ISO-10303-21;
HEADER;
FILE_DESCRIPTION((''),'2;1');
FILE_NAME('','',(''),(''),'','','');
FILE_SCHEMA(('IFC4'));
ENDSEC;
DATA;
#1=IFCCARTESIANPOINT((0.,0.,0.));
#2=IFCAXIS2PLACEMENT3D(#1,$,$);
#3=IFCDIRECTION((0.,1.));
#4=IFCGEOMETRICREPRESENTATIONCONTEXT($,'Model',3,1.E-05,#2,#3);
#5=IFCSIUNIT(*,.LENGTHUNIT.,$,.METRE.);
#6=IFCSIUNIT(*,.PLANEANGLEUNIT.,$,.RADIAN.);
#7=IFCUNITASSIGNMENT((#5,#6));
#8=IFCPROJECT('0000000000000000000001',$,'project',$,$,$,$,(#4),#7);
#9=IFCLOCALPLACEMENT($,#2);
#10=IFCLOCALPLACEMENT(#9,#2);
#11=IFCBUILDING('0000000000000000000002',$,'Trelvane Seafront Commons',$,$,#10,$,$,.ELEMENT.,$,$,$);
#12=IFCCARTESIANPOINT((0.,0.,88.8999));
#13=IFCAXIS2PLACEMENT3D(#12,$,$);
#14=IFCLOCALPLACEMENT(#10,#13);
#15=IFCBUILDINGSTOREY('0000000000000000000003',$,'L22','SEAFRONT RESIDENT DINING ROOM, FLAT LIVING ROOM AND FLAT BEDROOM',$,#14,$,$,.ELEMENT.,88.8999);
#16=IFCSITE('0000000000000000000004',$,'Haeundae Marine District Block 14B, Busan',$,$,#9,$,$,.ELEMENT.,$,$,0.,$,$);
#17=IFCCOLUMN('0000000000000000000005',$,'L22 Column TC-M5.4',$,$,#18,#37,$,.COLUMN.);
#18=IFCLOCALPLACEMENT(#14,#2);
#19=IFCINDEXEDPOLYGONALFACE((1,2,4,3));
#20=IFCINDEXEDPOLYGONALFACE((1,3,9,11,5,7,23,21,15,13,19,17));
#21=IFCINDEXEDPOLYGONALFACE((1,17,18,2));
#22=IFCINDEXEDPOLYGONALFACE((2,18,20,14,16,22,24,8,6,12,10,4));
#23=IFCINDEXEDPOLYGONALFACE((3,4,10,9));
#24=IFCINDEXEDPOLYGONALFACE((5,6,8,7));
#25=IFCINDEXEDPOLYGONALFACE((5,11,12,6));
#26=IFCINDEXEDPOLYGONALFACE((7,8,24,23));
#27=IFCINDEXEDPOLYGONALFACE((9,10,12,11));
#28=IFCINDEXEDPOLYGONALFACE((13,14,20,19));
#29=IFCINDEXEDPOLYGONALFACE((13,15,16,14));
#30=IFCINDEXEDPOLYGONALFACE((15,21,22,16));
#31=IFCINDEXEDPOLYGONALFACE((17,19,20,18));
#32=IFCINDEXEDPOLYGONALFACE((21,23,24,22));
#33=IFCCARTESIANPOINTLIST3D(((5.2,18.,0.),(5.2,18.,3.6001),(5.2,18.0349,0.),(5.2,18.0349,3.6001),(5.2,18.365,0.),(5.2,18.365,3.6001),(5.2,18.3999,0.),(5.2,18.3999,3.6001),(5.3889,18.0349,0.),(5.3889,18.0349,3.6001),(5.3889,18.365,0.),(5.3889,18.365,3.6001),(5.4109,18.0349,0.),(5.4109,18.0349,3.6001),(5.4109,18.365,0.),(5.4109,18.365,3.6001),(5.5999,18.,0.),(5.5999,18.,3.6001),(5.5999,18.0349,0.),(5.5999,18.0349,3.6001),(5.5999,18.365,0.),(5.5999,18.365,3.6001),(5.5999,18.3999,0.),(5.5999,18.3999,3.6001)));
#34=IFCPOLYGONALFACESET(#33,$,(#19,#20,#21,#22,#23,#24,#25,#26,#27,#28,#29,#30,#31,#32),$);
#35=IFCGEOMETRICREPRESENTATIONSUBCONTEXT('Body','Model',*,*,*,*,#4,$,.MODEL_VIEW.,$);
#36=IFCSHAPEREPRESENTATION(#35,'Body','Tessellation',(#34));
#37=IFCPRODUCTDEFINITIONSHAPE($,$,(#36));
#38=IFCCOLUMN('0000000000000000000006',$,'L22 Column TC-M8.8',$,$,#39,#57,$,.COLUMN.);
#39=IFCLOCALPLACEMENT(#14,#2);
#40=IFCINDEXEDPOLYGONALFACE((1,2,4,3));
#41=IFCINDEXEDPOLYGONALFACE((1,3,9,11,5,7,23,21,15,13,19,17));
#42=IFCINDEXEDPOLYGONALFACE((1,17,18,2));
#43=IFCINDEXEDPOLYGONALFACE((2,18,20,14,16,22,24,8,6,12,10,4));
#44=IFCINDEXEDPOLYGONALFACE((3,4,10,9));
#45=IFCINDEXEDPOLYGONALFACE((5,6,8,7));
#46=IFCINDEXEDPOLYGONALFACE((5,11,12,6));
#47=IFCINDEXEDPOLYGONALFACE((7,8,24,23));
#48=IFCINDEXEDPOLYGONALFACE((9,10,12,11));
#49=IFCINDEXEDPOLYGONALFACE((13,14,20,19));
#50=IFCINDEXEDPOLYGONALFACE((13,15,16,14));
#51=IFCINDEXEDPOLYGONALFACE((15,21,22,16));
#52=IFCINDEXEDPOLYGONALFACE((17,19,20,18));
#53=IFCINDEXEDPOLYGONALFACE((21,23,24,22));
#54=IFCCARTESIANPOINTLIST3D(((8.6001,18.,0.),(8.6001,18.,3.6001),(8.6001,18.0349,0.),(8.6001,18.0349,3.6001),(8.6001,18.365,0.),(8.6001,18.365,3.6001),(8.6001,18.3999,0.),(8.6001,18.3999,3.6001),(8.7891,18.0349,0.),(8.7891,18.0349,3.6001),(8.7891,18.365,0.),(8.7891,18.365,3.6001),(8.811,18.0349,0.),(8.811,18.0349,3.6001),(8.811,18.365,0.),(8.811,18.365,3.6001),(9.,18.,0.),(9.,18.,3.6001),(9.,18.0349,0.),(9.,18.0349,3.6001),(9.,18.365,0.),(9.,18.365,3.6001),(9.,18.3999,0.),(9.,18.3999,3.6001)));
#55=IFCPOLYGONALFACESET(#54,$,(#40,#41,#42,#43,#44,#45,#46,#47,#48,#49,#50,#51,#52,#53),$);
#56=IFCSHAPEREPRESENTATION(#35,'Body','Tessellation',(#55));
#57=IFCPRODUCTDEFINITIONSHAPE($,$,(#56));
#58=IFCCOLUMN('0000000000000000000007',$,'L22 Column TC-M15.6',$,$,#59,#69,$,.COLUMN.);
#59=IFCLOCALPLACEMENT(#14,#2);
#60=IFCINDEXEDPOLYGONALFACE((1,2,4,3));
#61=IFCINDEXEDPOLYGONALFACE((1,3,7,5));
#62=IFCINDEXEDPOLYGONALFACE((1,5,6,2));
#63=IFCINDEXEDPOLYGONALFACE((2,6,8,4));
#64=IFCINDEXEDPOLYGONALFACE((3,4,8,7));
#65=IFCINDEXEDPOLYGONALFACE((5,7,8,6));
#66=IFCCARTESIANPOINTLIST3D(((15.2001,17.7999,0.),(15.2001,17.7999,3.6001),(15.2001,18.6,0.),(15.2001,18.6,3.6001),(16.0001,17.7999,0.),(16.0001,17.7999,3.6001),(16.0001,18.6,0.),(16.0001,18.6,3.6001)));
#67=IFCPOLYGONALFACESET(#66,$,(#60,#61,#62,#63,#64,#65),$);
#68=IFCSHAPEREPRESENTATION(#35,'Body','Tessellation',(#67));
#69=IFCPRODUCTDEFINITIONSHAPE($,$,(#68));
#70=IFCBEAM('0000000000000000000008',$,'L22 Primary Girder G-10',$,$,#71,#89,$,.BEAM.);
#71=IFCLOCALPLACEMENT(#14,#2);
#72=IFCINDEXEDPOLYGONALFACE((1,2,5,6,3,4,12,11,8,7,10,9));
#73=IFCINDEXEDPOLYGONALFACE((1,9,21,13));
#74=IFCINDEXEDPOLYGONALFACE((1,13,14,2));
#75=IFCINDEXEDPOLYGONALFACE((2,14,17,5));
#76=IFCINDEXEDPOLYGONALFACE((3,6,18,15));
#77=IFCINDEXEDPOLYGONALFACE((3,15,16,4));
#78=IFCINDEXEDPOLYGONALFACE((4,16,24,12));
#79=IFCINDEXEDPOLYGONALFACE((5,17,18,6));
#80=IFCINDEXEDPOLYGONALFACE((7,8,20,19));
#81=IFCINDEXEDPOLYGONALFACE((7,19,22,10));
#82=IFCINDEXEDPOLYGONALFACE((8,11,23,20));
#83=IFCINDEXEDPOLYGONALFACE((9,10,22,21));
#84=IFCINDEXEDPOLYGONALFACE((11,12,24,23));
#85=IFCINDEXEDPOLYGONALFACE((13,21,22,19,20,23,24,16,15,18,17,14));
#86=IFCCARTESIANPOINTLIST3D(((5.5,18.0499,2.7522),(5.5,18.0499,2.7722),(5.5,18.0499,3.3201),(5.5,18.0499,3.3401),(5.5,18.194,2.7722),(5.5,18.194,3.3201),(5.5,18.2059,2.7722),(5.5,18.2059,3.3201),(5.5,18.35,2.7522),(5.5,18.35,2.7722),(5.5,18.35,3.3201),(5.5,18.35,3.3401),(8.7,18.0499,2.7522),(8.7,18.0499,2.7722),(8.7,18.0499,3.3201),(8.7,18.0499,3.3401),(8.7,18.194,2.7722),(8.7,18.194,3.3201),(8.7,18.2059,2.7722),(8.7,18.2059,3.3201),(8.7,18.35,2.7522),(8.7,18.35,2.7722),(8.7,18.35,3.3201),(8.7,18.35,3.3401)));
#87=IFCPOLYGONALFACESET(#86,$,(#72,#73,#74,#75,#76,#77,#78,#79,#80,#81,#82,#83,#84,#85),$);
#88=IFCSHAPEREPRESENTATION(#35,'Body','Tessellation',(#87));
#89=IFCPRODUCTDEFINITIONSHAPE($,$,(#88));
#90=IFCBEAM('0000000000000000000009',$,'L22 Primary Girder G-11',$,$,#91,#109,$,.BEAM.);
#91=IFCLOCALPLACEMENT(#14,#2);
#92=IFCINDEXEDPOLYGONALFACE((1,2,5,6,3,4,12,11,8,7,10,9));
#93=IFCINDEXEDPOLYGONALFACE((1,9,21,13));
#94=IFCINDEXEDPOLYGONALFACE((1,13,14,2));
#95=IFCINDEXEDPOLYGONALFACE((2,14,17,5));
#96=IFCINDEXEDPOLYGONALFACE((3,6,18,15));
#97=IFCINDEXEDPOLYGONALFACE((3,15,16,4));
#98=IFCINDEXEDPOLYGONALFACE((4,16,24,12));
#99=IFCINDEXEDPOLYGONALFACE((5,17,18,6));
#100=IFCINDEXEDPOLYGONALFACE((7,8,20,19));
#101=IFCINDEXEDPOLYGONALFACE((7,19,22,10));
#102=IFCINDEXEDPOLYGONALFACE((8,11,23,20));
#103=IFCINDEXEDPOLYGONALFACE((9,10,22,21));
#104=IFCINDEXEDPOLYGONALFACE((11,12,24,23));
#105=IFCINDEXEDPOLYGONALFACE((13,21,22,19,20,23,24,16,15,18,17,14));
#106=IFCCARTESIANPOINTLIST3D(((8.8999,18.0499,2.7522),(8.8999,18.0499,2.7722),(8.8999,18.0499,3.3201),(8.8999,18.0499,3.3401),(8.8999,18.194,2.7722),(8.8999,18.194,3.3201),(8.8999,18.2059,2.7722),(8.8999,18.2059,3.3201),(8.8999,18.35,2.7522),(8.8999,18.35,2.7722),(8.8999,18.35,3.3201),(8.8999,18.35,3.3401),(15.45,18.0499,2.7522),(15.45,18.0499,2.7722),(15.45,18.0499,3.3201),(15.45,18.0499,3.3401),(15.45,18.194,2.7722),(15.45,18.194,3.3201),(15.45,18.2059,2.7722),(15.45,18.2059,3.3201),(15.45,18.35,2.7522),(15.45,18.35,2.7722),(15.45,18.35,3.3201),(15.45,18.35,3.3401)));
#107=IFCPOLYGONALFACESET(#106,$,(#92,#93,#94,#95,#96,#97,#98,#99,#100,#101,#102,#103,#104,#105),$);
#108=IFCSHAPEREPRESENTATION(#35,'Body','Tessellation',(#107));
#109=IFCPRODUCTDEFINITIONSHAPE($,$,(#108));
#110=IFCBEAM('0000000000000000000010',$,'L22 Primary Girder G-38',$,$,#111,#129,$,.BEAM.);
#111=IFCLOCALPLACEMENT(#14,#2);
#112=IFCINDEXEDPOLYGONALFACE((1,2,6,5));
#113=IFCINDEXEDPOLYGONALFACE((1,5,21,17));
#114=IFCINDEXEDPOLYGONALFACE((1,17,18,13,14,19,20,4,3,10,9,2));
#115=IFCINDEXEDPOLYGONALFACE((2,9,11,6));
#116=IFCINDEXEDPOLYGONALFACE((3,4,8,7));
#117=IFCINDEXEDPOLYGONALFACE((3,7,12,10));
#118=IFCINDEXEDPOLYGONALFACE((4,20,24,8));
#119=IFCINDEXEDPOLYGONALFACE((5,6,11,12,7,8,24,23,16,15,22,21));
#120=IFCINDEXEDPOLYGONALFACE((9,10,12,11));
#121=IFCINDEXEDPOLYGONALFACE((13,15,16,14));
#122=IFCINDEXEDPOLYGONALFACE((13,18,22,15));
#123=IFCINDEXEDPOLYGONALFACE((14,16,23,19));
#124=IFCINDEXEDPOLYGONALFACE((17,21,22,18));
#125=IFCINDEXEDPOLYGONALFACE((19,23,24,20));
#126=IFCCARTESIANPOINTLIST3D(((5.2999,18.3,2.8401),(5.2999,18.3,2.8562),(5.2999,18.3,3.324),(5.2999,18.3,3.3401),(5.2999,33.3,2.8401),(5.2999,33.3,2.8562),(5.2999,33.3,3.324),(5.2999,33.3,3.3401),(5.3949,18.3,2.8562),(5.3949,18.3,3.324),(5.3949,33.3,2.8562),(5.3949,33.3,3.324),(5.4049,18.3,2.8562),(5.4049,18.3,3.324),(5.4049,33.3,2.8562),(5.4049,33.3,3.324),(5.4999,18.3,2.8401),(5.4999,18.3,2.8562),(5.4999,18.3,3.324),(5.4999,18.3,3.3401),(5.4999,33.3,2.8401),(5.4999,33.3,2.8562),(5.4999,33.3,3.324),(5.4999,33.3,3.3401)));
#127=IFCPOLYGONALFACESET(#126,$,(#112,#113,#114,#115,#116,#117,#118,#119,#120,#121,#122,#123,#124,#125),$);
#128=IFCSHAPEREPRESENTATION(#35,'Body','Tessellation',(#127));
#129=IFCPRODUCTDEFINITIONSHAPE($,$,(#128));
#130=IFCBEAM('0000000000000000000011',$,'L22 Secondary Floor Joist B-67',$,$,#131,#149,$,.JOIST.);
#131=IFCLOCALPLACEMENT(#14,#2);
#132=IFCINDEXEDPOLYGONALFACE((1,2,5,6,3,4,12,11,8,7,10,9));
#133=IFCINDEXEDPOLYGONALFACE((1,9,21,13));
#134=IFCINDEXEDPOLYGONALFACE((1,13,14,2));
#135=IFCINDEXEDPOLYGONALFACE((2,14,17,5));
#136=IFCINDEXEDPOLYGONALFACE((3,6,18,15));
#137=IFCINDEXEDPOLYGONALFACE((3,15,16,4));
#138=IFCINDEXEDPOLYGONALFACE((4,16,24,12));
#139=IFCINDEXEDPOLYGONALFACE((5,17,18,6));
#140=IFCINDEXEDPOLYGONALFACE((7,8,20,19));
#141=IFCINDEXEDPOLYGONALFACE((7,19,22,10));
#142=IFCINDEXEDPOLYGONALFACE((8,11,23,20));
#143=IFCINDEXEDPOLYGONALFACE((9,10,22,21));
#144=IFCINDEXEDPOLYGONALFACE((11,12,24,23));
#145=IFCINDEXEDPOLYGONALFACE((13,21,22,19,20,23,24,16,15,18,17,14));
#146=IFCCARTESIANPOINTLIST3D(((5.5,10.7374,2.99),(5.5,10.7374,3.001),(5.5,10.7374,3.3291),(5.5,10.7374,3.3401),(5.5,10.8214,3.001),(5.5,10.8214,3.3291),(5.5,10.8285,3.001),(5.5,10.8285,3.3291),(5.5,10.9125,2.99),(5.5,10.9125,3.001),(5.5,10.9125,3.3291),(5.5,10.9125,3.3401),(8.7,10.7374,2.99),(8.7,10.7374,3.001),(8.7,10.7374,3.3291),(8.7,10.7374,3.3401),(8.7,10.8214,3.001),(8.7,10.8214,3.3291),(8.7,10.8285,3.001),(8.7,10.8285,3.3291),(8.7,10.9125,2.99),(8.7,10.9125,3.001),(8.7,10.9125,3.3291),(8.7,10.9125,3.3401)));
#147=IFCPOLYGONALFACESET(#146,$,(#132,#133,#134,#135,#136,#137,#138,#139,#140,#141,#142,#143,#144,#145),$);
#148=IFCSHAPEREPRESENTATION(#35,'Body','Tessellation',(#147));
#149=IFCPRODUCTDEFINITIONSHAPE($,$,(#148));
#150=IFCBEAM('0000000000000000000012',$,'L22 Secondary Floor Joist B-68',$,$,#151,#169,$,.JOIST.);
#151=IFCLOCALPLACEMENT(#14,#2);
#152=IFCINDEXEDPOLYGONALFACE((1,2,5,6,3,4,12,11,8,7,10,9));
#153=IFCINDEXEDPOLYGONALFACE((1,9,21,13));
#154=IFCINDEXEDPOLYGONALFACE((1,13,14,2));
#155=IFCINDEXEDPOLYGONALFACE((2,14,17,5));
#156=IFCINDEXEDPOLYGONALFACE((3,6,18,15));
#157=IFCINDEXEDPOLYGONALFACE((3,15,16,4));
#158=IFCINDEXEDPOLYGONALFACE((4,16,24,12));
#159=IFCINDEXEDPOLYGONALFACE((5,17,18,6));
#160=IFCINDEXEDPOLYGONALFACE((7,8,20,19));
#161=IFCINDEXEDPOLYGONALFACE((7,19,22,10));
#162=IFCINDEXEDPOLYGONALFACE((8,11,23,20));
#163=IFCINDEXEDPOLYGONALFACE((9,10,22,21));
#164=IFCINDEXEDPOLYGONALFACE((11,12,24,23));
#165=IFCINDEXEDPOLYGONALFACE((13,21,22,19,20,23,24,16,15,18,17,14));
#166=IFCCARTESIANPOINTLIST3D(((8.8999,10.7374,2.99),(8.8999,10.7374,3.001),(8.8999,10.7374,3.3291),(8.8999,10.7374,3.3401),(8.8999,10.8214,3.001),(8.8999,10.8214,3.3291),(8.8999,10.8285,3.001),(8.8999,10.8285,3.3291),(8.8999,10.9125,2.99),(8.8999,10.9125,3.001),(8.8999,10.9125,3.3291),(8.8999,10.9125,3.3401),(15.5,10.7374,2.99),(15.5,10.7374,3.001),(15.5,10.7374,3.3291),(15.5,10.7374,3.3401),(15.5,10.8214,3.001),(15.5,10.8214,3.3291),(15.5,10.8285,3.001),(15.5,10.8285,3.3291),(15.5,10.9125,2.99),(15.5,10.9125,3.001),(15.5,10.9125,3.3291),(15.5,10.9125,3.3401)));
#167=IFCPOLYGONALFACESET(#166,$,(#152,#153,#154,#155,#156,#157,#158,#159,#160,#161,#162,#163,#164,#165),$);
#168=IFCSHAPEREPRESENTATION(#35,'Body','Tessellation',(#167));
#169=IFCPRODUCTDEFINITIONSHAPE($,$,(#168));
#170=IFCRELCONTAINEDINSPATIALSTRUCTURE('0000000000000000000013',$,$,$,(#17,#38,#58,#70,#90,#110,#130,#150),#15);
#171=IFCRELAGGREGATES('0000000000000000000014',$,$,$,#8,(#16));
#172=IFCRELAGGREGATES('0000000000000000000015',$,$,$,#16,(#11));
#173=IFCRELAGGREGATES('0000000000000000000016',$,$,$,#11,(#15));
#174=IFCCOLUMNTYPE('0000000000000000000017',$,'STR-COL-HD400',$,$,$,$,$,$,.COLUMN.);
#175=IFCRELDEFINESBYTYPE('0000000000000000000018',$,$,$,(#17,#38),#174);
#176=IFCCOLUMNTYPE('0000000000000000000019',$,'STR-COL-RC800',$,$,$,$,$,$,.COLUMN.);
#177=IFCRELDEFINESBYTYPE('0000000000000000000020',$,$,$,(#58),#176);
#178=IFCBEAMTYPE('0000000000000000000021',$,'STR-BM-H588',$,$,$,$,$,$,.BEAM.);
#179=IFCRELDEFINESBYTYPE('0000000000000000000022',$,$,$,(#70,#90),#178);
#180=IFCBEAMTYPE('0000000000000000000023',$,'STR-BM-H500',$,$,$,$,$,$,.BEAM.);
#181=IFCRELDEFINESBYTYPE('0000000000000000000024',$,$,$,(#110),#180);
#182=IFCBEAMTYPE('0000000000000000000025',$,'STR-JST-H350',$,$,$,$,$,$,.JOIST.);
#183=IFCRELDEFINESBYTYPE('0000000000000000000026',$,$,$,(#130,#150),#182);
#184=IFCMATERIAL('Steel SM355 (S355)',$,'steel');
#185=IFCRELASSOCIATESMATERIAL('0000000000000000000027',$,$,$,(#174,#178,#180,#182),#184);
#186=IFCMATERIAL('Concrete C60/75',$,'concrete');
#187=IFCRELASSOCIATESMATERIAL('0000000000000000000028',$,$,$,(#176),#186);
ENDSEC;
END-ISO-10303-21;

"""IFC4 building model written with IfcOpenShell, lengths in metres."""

from ifc_helpers import new_model, si_unit, direction, frame, origin, origin_2d, place, context, subcontext, project, spatial, rectangle, i_section, extrude, source, transform, mapped, material, material_profile, profile_set, type_object, element, save


model = new_model("IFC4")

# Units and contexts
model_context = context("Model", 3, precision=1e-05, world=origin(), true_north=direction((0.0, 1.0)))
body_context = subcontext(model_context, "Body", "Model", "MODEL_VIEW")
ifc_project = project(units=[si_unit("LENGTHUNIT", "METRE"), si_unit("PLANEANGLEUNIT", "RADIAN")], contexts=[model_context])

# Site, building, storey
site_placement = place(None, origin())
site = spatial("IfcSite", under=ifc_project, at=site_placement, Name="Haeundae Marine District Block 14B, Busan", CompositionType="ELEMENT", RefElevation=0.0)
building_placement = place(site_placement, origin())
building = spatial("IfcBuilding", under=site, at=building_placement, Name="Trelvane Seafront Commons", CompositionType="ELEMENT")
storey_placement = place(building_placement, frame((0.0, 0.0, 88.8999)))
storey = spatial("IfcBuildingStorey", under=building, at=storey_placement, Name="L22", Description="SEAFRONT RESIDENT DINING ROOM, FLAT LIVING ROOM AND FLAT BEDROOM", CompositionType="ELEMENT", Elevation=88.8999)

# Columns
ifc_material_1 = material(Name="Steel SM355 (S355)", Category="steel")
ifc_material_profile_1 = material_profile(ifc_material_1, i_section(OverallWidth=0.3999, OverallDepth=0.3999, WebThickness=0.022, FlangeThickness=0.0349, at=origin_2d()), Name="HD-400x400x22x35")
ifc_profile_set_1 = profile_set([ifc_material_profile_1], Name="Steel SM355 (S355)")
column_type_1 = type_object("IfcColumnType", Name="STR-COL-HD400", PredefinedType="COLUMN", material=ifc_profile_set_1)
shared_shape_1 = source(origin(), body_context, "Body", "SweptSolid", [
    extrude(i_section(OverallWidth=0.3999, OverallDepth=0.3999, WebThickness=0.022, FlangeThickness=0.0349, at=origin_2d()), origin(), (0.0, 0.0, 1.0), 3.6001),
])
for number, where, z_axis, x_axis, name in (
    (1, (5.3999, 18.2, 0.0), (0.0, 0.0, 1.0), (1.0, 0.0, 0.0), "L22 Column TC-M5.4"),
    (2, (8.8, 18.2, 0.0), (0.0, 0.0, 1.0), (1.0, 0.0, 0.0), "L22 Column TC-M8.8"),
):
    element("IfcColumn", number, at=place(storey_placement, frame(where, z_axis=z_axis, x_axis=x_axis)), inside=storey, type_object=column_type_1, Name=name, PredefinedType="COLUMN", context=body_context, shape_type="MappedRepresentation", body=[
        mapped(shared_shape_1, transform((0.0, 0.0, 0.0), x_axis=(1.0, 0.0, 0.0), y_axis=(0.0, 1.0, 0.0), z_axis=(0.0, 0.0, 1.0), scale=1.0)),
    ])
ifc_material_2 = material(Name="Concrete C60/75", Category="concrete")
ifc_material_profile_2 = material_profile(ifc_material_2, rectangle(XDim=0.8, YDim=0.8, at=origin_2d()), Name="RC-800x800")
ifc_profile_set_2 = profile_set([ifc_material_profile_2], Name="Concrete C60/75")
column_type_2 = type_object("IfcColumnType", Name="STR-COL-RC800", PredefinedType="COLUMN", material=ifc_profile_set_2)
shared_shape_2 = source(origin(), body_context, "Body", "SweptSolid", [
    extrude(rectangle(XDim=0.8, YDim=0.8, at=origin_2d()), origin(), (0.0, 0.0, 1.0), 3.6001),
])
column_placement = place(storey_placement, frame((15.6001, 18.2, 0.0), z_axis=(0.0, 0.0, 1.0), x_axis=(1.0, 0.0, 0.0)))
element("IfcColumn", 3, at=column_placement, inside=storey, type_object=column_type_2, Name="L22 Column TC-M15.6", PredefinedType="COLUMN", context=body_context, shape_type="MappedRepresentation", body=[
    mapped(shared_shape_2, transform((0.0, 0.0, 0.0), x_axis=(1.0, 0.0, 0.0), y_axis=(0.0, 1.0, 0.0), z_axis=(0.0, 0.0, 1.0), scale=1.0)),
])

# Beams
ifc_material_profile_3 = material_profile(ifc_material_1, i_section(OverallWidth=0.3, OverallDepth=0.5879, WebThickness=0.012, FlangeThickness=0.02, at=origin_2d()), Name="H-588x300x12x20")
ifc_profile_set_3 = profile_set([ifc_material_profile_3], Name="Steel SM355 (S355)")
beam_type_1 = type_object("IfcBeamType", Name="STR-BM-H588", PredefinedType="BEAM", material=ifc_profile_set_3)
shared_shape_3 = source(origin(), body_context, "Body", "SweptSolid", [
    extrude(i_section(OverallWidth=0.3, OverallDepth=0.5879, WebThickness=0.012, FlangeThickness=0.02, at=origin_2d()), origin(), (0.0, 0.0, 1.0), 3.2),
])
beam_1_placement = place(storey_placement, frame((5.5, 18.2, 3.0461), z_axis=(1.0, 0.0, 0.0), x_axis=(0.0, 1.0, 0.0)))
element("IfcBeam", 4, at=beam_1_placement, inside=storey, type_object=beam_type_1, Name="L22 Primary Girder G-10", PredefinedType="BEAM", context=body_context, shape_type="MappedRepresentation", body=[
    mapped(shared_shape_3, transform((0.0, 0.0, 0.0), x_axis=(1.0, 0.0, 0.0), y_axis=(0.0, 1.0, 0.0), z_axis=(0.0, 0.0, 1.0), scale=1.0)),
])
shared_shape_4 = source(origin(), body_context, "Body", "SweptSolid", [
    extrude(i_section(OverallWidth=0.3, OverallDepth=0.5879, WebThickness=0.012, FlangeThickness=0.02, at=origin_2d()), origin(), (0.0, 0.0, 1.0), 6.55),
])
beam_2_placement = place(storey_placement, frame((8.8999, 18.2, 3.0461), z_axis=(1.0, 0.0, 0.0), x_axis=(0.0, 1.0, 0.0)))
element("IfcBeam", 5, at=beam_2_placement, inside=storey, type_object=beam_type_1, Name="L22 Primary Girder G-11", PredefinedType="BEAM", context=body_context, shape_type="MappedRepresentation", body=[
    mapped(shared_shape_4, transform((0.0, 0.0, 0.0), x_axis=(1.0, 0.0, 0.0), y_axis=(0.0, 1.0, 0.0), z_axis=(0.0, 0.0, 1.0), scale=1.0)),
])
ifc_material_profile_4 = material_profile(ifc_material_1, i_section(OverallWidth=0.2, OverallDepth=0.5, WebThickness=0.01, FlangeThickness=0.0161, at=origin_2d()), Name="H-500x200x10x16")
ifc_profile_set_4 = profile_set([ifc_material_profile_4], Name="Steel SM355 (S355)")
beam_type_2 = type_object("IfcBeamType", Name="STR-BM-H500", PredefinedType="BEAM", material=ifc_profile_set_4)
shared_shape_5 = source(origin(), body_context, "Body", "SweptSolid", [
    extrude(i_section(OverallWidth=0.2, OverallDepth=0.5, WebThickness=0.01, FlangeThickness=0.0161, at=origin_2d()), origin(), (0.0, 0.0, 1.0), 15.0),
])
beam_3_placement = place(storey_placement, frame((5.3999, 18.3, 3.0901), z_axis=(0.0, 1.0, 0.0), x_axis=(-1.0, 0.0, 0.0)))
element("IfcBeam", 6, at=beam_3_placement, inside=storey, type_object=beam_type_2, Name="L22 Primary Girder G-38", PredefinedType="BEAM", context=body_context, shape_type="MappedRepresentation", body=[
    mapped(shared_shape_5, transform((0.0, 0.0, 0.0), x_axis=(1.0, 0.0, 0.0), y_axis=(0.0, 1.0, 0.0), z_axis=(0.0, 0.0, 1.0), scale=1.0)),
])
ifc_material_profile_5 = material_profile(ifc_material_1, i_section(OverallWidth=0.175, OverallDepth=0.3501, WebThickness=0.0071, FlangeThickness=0.011, at=origin_2d()), Name="H-350x175x7x11")
ifc_profile_set_5 = profile_set([ifc_material_profile_5], Name="Steel SM355 (S355)")
beam_type_3 = type_object("IfcBeamType", Name="STR-JST-H350", PredefinedType="JOIST", material=ifc_profile_set_5)
shared_shape_6 = source(origin(), body_context, "Body", "SweptSolid", [
    extrude(i_section(OverallWidth=0.175, OverallDepth=0.3501, WebThickness=0.0071, FlangeThickness=0.011, at=origin_2d()), origin(), (0.0, 0.0, 1.0), 3.2),
])
beam_4_placement = place(storey_placement, frame((5.5, 10.825, 3.165), z_axis=(1.0, 0.0, 0.0), x_axis=(0.0, 1.0, 0.0)))
element("IfcBeam", 7, at=beam_4_placement, inside=storey, type_object=beam_type_3, Name="L22 Secondary Floor Joist B-67", PredefinedType="JOIST", context=body_context, shape_type="MappedRepresentation", body=[
    mapped(shared_shape_6, transform((0.0, 0.0, 0.0), x_axis=(1.0, 0.0, 0.0), y_axis=(0.0, 1.0, 0.0), z_axis=(0.0, 0.0, 1.0), scale=1.0)),
])
shared_shape_7 = source(origin(), body_context, "Body", "SweptSolid", [
    extrude(i_section(OverallWidth=0.175, OverallDepth=0.3501, WebThickness=0.0071, FlangeThickness=0.011, at=origin_2d()), origin(), (0.0, 0.0, 1.0), 6.6001),
])
beam_5_placement = place(storey_placement, frame((8.8999, 10.825, 3.165), z_axis=(1.0, 0.0, 0.0), x_axis=(0.0, 1.0, 0.0)))
element("IfcBeam", 8, at=beam_5_placement, inside=storey, type_object=beam_type_3, Name="L22 Secondary Floor Joist B-68", PredefinedType="JOIST", context=body_context, shape_type="MappedRepresentation", body=[
    mapped(shared_shape_7, transform((0.0, 0.0, 0.0), x_axis=(1.0, 0.0, 0.0), y_axis=(0.0, 1.0, 0.0), z_axis=(0.0, 0.0, 1.0), scale=1.0)),
])

save(model, "model.ifc")
